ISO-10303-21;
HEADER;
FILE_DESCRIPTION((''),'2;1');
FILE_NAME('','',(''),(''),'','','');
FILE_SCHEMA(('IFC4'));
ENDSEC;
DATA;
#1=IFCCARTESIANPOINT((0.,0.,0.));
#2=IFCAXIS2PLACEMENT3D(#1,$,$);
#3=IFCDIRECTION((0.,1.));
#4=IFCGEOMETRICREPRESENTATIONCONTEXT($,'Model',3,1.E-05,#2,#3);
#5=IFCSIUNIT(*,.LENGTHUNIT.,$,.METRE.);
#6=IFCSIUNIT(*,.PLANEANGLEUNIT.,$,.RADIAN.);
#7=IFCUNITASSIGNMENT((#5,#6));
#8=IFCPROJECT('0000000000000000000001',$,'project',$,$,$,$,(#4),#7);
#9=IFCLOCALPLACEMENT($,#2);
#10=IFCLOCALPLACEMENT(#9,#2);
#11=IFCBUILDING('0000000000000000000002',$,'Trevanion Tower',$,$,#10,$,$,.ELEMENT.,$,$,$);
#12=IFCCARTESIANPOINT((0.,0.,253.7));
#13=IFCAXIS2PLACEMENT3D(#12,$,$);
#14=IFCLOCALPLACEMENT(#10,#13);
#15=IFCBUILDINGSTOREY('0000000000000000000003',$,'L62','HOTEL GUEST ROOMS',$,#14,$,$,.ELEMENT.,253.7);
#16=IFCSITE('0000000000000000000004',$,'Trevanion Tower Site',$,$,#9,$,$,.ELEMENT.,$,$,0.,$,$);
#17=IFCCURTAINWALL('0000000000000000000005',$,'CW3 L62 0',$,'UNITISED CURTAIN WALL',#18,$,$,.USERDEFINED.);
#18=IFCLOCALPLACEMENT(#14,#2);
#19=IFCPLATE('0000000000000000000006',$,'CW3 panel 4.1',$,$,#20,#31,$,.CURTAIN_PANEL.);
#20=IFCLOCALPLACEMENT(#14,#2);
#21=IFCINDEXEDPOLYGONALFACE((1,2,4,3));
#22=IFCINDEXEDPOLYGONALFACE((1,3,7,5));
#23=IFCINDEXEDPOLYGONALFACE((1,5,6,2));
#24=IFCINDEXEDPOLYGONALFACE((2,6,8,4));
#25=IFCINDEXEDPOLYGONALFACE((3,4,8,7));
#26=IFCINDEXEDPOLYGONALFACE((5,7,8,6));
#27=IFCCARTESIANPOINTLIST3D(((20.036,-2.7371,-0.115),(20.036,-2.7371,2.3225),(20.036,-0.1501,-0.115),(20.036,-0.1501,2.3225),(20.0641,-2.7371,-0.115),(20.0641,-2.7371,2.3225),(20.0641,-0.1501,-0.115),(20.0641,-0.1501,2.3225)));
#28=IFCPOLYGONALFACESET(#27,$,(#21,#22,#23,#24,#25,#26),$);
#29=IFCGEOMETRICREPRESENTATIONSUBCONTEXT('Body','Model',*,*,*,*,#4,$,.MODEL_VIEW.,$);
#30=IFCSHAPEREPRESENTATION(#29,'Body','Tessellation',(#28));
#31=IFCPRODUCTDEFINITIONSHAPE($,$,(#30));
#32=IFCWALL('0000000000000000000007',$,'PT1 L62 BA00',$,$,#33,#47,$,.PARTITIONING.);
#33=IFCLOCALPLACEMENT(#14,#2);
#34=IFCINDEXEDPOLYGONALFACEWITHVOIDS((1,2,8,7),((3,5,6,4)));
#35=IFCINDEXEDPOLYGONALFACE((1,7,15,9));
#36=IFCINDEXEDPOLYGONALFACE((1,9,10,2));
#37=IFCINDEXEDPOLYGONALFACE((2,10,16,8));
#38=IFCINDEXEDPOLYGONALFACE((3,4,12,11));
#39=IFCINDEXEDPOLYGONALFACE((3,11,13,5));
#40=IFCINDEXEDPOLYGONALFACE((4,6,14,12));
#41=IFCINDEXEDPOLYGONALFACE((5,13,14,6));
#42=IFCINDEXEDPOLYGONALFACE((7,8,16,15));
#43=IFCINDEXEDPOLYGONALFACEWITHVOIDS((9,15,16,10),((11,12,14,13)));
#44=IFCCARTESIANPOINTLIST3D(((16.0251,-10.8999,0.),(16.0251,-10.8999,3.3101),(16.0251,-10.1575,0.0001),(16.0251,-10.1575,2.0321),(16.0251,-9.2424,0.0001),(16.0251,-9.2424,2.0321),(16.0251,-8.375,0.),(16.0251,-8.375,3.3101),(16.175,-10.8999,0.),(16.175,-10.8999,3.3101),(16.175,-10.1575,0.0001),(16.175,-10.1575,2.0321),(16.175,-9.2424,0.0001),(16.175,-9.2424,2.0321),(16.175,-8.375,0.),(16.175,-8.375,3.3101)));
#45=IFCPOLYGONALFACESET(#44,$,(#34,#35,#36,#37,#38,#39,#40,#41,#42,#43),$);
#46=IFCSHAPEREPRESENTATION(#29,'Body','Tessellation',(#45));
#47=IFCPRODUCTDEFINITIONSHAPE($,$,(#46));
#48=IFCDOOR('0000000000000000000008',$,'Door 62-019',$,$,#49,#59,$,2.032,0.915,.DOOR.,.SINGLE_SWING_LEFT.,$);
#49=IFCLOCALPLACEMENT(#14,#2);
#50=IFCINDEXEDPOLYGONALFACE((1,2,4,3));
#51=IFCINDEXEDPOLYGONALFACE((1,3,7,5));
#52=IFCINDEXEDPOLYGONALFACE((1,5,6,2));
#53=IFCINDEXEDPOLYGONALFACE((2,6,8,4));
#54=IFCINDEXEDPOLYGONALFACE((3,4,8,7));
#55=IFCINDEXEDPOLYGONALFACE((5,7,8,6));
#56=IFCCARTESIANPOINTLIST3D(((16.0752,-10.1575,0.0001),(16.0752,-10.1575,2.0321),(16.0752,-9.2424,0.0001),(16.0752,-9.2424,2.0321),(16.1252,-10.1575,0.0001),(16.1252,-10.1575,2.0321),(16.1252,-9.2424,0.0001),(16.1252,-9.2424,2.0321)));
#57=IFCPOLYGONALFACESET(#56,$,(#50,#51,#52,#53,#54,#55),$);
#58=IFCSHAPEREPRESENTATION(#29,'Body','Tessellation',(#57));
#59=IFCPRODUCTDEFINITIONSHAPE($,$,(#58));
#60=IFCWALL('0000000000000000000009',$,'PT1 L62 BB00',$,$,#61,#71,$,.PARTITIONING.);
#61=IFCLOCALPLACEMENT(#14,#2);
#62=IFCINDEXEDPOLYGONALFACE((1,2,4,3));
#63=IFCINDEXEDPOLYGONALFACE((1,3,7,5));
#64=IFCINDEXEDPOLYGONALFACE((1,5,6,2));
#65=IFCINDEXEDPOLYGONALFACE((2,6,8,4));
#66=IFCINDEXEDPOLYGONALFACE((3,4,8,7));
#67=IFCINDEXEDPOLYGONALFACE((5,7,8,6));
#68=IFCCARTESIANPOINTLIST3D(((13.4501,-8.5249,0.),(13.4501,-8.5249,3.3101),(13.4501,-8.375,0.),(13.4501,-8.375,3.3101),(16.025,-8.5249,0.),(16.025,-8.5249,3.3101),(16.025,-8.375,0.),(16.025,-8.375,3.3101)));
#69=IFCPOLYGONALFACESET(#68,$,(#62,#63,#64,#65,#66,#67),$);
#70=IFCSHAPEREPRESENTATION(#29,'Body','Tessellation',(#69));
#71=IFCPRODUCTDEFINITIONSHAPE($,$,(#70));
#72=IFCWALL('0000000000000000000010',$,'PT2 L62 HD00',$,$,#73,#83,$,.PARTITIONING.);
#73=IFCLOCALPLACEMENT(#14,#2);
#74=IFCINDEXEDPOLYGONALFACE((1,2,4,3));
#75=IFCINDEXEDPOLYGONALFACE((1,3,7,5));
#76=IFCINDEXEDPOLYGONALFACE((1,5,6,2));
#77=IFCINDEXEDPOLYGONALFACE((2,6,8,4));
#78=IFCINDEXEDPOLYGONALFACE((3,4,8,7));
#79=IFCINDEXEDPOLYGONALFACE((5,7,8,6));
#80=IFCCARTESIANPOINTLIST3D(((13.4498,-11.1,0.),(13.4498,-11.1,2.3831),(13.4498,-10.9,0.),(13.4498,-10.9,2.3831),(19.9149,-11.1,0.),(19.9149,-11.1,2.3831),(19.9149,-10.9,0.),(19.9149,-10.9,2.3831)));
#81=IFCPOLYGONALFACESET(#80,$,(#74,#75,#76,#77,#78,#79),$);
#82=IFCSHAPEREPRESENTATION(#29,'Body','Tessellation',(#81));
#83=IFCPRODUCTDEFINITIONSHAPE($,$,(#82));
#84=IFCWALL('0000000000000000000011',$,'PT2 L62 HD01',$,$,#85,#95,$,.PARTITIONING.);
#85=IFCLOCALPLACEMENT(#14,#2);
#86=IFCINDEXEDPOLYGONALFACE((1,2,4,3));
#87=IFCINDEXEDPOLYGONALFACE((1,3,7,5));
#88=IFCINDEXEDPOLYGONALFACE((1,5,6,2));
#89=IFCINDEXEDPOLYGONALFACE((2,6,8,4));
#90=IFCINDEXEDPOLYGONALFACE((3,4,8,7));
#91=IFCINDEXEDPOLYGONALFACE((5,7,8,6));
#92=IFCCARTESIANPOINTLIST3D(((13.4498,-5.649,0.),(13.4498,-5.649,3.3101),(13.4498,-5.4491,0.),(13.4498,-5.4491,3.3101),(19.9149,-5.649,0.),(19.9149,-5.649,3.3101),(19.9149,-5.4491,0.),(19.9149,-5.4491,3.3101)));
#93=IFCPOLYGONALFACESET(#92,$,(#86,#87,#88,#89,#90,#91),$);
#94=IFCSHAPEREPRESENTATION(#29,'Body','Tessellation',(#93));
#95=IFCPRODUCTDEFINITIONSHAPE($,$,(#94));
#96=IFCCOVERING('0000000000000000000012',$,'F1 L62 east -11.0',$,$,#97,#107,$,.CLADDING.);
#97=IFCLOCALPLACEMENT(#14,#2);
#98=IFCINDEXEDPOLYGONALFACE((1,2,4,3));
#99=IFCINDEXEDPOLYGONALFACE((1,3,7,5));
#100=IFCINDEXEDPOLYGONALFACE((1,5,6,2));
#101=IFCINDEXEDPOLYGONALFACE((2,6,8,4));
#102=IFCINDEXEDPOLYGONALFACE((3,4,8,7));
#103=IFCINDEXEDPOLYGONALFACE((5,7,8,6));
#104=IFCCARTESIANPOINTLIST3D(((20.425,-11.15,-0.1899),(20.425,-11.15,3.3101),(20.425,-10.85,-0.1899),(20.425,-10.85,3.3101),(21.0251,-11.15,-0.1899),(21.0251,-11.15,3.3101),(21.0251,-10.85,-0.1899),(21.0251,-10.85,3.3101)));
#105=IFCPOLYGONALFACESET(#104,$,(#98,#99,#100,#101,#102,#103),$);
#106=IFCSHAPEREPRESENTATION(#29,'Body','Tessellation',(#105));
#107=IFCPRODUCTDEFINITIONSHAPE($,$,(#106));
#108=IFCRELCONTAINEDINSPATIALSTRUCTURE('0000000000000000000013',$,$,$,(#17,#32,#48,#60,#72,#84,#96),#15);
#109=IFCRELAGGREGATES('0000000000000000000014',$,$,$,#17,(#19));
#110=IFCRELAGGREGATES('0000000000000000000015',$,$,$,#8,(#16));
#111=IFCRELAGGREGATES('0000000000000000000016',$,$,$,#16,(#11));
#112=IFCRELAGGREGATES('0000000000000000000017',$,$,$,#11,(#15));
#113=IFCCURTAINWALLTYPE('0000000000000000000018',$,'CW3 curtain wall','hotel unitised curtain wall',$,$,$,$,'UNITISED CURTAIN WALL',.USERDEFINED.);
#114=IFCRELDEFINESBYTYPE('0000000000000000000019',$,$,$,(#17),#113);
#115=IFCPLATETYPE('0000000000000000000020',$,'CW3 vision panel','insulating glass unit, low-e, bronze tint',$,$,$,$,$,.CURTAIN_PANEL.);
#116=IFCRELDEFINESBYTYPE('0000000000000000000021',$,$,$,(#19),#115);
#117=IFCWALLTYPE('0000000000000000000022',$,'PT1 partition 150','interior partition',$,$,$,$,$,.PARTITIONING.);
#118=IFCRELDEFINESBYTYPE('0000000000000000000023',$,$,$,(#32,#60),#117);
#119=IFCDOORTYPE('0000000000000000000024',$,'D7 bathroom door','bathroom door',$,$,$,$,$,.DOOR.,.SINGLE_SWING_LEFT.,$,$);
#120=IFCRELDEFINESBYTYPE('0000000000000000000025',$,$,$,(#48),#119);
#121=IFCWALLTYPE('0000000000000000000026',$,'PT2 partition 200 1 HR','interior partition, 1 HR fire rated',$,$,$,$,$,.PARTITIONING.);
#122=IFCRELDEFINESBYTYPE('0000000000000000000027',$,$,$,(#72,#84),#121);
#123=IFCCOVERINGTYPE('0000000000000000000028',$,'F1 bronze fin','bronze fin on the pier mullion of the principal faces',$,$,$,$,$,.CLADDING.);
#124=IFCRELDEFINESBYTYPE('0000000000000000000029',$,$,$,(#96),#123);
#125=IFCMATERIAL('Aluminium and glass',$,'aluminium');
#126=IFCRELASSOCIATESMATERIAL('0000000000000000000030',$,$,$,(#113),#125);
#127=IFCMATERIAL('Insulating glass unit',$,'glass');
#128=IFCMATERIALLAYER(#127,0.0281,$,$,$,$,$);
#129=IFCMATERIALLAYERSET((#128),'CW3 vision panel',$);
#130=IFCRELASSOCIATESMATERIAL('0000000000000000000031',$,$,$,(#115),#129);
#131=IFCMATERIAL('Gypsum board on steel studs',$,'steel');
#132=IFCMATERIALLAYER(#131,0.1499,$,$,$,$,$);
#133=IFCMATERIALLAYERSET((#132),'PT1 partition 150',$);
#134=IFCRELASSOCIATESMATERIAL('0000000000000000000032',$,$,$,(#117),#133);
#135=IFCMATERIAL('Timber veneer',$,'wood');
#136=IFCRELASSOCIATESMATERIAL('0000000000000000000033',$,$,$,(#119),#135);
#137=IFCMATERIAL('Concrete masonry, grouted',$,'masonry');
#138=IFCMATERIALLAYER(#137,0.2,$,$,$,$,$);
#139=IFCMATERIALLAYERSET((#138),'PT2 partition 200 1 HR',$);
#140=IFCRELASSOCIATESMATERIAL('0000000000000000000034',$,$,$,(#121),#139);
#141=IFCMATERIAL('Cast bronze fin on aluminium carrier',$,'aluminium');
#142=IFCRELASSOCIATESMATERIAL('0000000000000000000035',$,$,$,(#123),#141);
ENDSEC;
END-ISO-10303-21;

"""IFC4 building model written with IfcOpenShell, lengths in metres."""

from ifc_helpers import new_model, si_unit, direction, frame, frame_2d, origin, origin_2d, place, context, subcontext, project, spatial, rectangle, extrude, material, layer, layer_set, type_object, element, fill, aggregate, save


model = new_model("IFC4")

# Units and contexts
model_context = context("Model", 3, precision=1e-05, world=origin(), true_north=direction((0.0, 1.0)))
body_context = subcontext(model_context, "Body", "Model", "MODEL_VIEW")
ifc_project = project(units=[si_unit("LENGTHUNIT", "METRE"), si_unit("PLANEANGLEUNIT", "RADIAN")], contexts=[model_context])

# Site, building, storey
site_placement = place(None, origin())
site = spatial("IfcSite", under=ifc_project, at=site_placement, Name="Trevanion Tower Site", CompositionType="ELEMENT", RefElevation=0.0)
building_placement = place(site_placement, origin())
building = spatial("IfcBuilding", under=site, at=building_placement, Name="Trevanion Tower", CompositionType="ELEMENT")
storey_placement = place(building_placement, frame((0.0, 0.0, 253.7)))
storey = spatial("IfcBuildingStorey", under=building, at=storey_placement, Name="L62", Description="HOTEL GUEST ROOMS", CompositionType="ELEMENT", Elevation=253.7)

# Curtain wall
ifc_material_1 = material(Name="Aluminium and glass", Category="aluminium")
curtain_wall_type = type_object("IfcCurtainWallType", Name="CW3 curtain wall", Description="hotel unitised curtain wall", ElementType="UNITISED CURTAIN WALL", PredefinedType="USERDEFINED", material=ifc_material_1)
curtain_wall_placement = place(storey_placement, origin())
curtain_wall = element("IfcCurtainWall", 1, at=curtain_wall_placement, inside=storey, type_object=curtain_wall_type, Name="CW3 L62 0", ObjectType="UNITISED CURTAIN WALL", PredefinedType="USERDEFINED")

# Plate
ifc_material_2 = material(Name="Insulating glass unit", Category="glass")
ifc_layer_1 = layer(ifc_material_2, 0.0281)
ifc_layer_set_1 = layer_set([ifc_layer_1], Name="CW3 vision panel")
plate_type_1 = type_object("IfcPlateType", Name="CW3 vision panel", Description="insulating glass unit, low-e, bronze tint", PredefinedType="CURTAIN_PANEL", material=ifc_layer_set_1)
plate_1_placement = place(storey_placement, frame((20.05, -1.4436, -0.115), z_axis=(0.0, 0.0, 1.0), x_axis=(0.0, 1.0, 0.0)))
plate_1 = element("IfcPlate", 2, at=plate_1_placement, type_object=plate_type_1, Name="CW3 panel 4.1", PredefinedType="CURTAIN_PANEL", context=body_context, shape_type="SweptSolid", body=[
    extrude(rectangle(XDim=2.5869, YDim=0.0281, at=origin_2d()), origin(), (0.0, 0.0, 1.0), 2.4375),
])
aggregate(curtain_wall, [plate_1])

# Wall, opening, door
ifc_material_3 = material(Name="Gypsum board on steel studs", Category="steel")
ifc_layer_2 = layer(ifc_material_3, 0.1499)
ifc_layer_set_2 = layer_set([ifc_layer_2], Name="PT1 partition 150")
wall_type_1 = type_object("IfcWallType", Name="PT1 partition 150", Description="interior partition", PredefinedType="PARTITIONING", material=ifc_layer_set_2)
wall_1_placement = place(storey_placement, frame((16.1001, -10.8999, 0.0), z_axis=(0.0, 0.0, 1.0), x_axis=(0.0, 1.0, 0.0)))
wall_1 = element("IfcWall", 3, at=wall_1_placement, inside=storey, type_object=wall_type_1, Name="PT1 L62 BA00", PredefinedType="PARTITIONING", context=body_context, shape_type="SweptSolid", body=[
    extrude(rectangle(XDim=2.5249, YDim=0.1499, at=frame_2d((1.2625, 0.0))), origin(), (0.0, 0.0, 1.0), 3.3101),
])
opening_placement = place(wall_1_placement, frame((0.7424, 0.0, 0.0)))
opening = element("IfcOpeningElement", 4, at=opening_placement, cuts=wall_1, PredefinedType="OPENING", context=body_context, shape_type="SweptSolid", body=[
    extrude(rectangle(XDim=0.915, YDim=2.032, at=frame_2d((0.4575, 1.0161))), frame((0.0, 0.085, 0.0), z_axis=(0.0, -1.0, 0.0), x_axis=(1.0, 0.0, 0.0)), (0.0, 0.0, 1.0), 0.1699),
])
ifc_material_4 = material(Name="Timber veneer", Category="wood")
door_type = type_object("IfcDoorType", Name="D7 bathroom door", Description="bathroom door", OperationType="SINGLE_SWING_LEFT", PredefinedType="DOOR", material=ifc_material_4)
door_placement = place(opening_placement, origin())
door = element("IfcDoor", 5, at=door_placement, inside=storey, type_object=door_type, Name="Door 62-019", OperationType="SINGLE_SWING_LEFT", OverallHeight=2.032, OverallWidth=0.915, PredefinedType="DOOR", context=body_context, shape_type="SweptSolid", body=[
    extrude(rectangle(XDim=0.915, YDim=2.032, at=frame_2d((0.4575, 1.0161))), frame((0.0, 0.0249, 0.0), z_axis=(0.0, -1.0, 0.0), x_axis=(1.0, 0.0, 0.0)), (0.0, 0.0, 1.0), 0.05),
])
fill(opening, door)

# Walls
wall_2_placement = place(storey_placement, frame((13.45, -8.45, 0.0), z_axis=(0.0, 0.0, 1.0), x_axis=(1.0, 0.0, 0.0)))
element("IfcWall", 6, at=wall_2_placement, inside=storey, type_object=wall_type_1, Name="PT1 L62 BB00", PredefinedType="PARTITIONING", context=body_context, shape_type="SweptSolid", body=[
    extrude(rectangle(XDim=2.575, YDim=0.1499, at=frame_2d((1.2876, 0.0))), origin(), (0.0, 0.0, 1.0), 3.3101),
])
ifc_material_5 = material(Name="Concrete masonry, grouted", Category="masonry")
ifc_layer_3 = layer(ifc_material_5, 0.2)
ifc_layer_set_3 = layer_set([ifc_layer_3], Name="PT2 partition 200 1 HR")
wall_type_2 = type_object("IfcWallType", Name="PT2 partition 200 1 HR", Description="interior partition, 1 HR fire rated", PredefinedType="PARTITIONING", material=ifc_layer_set_3)
wall_3_placement = place(storey_placement, frame((13.45, -11.0, 0.0), z_axis=(0.0, 0.0, 1.0), x_axis=(1.0, 0.0, 0.0)))
element("IfcWall", 7, at=wall_3_placement, inside=storey, type_object=wall_type_2, Name="PT2 L62 HD00", PredefinedType="PARTITIONING", context=body_context, shape_type="SweptSolid", body=[
    extrude(rectangle(XDim=6.4651, YDim=0.2, at=frame_2d((3.2324, 0.0))), origin(), (0.0, 0.0, 1.0), 2.3831),
])
wall_4_placement = place(storey_placement, frame((13.45, -5.5491, 0.0), z_axis=(0.0, 0.0, 1.0), x_axis=(1.0, 0.0, 0.0)))
element("IfcWall", 8, at=wall_4_placement, inside=storey, type_object=wall_type_2, Name="PT2 L62 HD01", PredefinedType="PARTITIONING", context=body_context, shape_type="SweptSolid", body=[
    extrude(rectangle(XDim=6.4651, YDim=0.2, at=frame_2d((3.2324, 0.0))), origin(), (0.0, 0.0, 1.0), 3.3101),
])

# Covering
ifc_material_6 = material(Name="Cast bronze fin on aluminium carrier", Category="aluminium")
covering_type = type_object("IfcCoveringType", Name="F1 bronze fin", Description="bronze fin on the pier mullion of the principal faces", PredefinedType="CLADDING", material=ifc_material_6)
covering_placement = place(storey_placement, frame((20.7251, -11.0, -0.1899), z_axis=(0.0, 0.0, 1.0), x_axis=(0.0, 1.0, 0.0)))
element("IfcCovering", 9, at=covering_placement, inside=storey, type_object=covering_type, Name="F1 L62 east -11.0", PredefinedType="CLADDING", context=body_context, shape_type="SweptSolid", body=[
    extrude(rectangle(XDim=0.3, YDim=0.6001, at=origin_2d()), origin(), (0.0, 0.0, 1.0), 3.5),
])

save(model, "model.ifc")
